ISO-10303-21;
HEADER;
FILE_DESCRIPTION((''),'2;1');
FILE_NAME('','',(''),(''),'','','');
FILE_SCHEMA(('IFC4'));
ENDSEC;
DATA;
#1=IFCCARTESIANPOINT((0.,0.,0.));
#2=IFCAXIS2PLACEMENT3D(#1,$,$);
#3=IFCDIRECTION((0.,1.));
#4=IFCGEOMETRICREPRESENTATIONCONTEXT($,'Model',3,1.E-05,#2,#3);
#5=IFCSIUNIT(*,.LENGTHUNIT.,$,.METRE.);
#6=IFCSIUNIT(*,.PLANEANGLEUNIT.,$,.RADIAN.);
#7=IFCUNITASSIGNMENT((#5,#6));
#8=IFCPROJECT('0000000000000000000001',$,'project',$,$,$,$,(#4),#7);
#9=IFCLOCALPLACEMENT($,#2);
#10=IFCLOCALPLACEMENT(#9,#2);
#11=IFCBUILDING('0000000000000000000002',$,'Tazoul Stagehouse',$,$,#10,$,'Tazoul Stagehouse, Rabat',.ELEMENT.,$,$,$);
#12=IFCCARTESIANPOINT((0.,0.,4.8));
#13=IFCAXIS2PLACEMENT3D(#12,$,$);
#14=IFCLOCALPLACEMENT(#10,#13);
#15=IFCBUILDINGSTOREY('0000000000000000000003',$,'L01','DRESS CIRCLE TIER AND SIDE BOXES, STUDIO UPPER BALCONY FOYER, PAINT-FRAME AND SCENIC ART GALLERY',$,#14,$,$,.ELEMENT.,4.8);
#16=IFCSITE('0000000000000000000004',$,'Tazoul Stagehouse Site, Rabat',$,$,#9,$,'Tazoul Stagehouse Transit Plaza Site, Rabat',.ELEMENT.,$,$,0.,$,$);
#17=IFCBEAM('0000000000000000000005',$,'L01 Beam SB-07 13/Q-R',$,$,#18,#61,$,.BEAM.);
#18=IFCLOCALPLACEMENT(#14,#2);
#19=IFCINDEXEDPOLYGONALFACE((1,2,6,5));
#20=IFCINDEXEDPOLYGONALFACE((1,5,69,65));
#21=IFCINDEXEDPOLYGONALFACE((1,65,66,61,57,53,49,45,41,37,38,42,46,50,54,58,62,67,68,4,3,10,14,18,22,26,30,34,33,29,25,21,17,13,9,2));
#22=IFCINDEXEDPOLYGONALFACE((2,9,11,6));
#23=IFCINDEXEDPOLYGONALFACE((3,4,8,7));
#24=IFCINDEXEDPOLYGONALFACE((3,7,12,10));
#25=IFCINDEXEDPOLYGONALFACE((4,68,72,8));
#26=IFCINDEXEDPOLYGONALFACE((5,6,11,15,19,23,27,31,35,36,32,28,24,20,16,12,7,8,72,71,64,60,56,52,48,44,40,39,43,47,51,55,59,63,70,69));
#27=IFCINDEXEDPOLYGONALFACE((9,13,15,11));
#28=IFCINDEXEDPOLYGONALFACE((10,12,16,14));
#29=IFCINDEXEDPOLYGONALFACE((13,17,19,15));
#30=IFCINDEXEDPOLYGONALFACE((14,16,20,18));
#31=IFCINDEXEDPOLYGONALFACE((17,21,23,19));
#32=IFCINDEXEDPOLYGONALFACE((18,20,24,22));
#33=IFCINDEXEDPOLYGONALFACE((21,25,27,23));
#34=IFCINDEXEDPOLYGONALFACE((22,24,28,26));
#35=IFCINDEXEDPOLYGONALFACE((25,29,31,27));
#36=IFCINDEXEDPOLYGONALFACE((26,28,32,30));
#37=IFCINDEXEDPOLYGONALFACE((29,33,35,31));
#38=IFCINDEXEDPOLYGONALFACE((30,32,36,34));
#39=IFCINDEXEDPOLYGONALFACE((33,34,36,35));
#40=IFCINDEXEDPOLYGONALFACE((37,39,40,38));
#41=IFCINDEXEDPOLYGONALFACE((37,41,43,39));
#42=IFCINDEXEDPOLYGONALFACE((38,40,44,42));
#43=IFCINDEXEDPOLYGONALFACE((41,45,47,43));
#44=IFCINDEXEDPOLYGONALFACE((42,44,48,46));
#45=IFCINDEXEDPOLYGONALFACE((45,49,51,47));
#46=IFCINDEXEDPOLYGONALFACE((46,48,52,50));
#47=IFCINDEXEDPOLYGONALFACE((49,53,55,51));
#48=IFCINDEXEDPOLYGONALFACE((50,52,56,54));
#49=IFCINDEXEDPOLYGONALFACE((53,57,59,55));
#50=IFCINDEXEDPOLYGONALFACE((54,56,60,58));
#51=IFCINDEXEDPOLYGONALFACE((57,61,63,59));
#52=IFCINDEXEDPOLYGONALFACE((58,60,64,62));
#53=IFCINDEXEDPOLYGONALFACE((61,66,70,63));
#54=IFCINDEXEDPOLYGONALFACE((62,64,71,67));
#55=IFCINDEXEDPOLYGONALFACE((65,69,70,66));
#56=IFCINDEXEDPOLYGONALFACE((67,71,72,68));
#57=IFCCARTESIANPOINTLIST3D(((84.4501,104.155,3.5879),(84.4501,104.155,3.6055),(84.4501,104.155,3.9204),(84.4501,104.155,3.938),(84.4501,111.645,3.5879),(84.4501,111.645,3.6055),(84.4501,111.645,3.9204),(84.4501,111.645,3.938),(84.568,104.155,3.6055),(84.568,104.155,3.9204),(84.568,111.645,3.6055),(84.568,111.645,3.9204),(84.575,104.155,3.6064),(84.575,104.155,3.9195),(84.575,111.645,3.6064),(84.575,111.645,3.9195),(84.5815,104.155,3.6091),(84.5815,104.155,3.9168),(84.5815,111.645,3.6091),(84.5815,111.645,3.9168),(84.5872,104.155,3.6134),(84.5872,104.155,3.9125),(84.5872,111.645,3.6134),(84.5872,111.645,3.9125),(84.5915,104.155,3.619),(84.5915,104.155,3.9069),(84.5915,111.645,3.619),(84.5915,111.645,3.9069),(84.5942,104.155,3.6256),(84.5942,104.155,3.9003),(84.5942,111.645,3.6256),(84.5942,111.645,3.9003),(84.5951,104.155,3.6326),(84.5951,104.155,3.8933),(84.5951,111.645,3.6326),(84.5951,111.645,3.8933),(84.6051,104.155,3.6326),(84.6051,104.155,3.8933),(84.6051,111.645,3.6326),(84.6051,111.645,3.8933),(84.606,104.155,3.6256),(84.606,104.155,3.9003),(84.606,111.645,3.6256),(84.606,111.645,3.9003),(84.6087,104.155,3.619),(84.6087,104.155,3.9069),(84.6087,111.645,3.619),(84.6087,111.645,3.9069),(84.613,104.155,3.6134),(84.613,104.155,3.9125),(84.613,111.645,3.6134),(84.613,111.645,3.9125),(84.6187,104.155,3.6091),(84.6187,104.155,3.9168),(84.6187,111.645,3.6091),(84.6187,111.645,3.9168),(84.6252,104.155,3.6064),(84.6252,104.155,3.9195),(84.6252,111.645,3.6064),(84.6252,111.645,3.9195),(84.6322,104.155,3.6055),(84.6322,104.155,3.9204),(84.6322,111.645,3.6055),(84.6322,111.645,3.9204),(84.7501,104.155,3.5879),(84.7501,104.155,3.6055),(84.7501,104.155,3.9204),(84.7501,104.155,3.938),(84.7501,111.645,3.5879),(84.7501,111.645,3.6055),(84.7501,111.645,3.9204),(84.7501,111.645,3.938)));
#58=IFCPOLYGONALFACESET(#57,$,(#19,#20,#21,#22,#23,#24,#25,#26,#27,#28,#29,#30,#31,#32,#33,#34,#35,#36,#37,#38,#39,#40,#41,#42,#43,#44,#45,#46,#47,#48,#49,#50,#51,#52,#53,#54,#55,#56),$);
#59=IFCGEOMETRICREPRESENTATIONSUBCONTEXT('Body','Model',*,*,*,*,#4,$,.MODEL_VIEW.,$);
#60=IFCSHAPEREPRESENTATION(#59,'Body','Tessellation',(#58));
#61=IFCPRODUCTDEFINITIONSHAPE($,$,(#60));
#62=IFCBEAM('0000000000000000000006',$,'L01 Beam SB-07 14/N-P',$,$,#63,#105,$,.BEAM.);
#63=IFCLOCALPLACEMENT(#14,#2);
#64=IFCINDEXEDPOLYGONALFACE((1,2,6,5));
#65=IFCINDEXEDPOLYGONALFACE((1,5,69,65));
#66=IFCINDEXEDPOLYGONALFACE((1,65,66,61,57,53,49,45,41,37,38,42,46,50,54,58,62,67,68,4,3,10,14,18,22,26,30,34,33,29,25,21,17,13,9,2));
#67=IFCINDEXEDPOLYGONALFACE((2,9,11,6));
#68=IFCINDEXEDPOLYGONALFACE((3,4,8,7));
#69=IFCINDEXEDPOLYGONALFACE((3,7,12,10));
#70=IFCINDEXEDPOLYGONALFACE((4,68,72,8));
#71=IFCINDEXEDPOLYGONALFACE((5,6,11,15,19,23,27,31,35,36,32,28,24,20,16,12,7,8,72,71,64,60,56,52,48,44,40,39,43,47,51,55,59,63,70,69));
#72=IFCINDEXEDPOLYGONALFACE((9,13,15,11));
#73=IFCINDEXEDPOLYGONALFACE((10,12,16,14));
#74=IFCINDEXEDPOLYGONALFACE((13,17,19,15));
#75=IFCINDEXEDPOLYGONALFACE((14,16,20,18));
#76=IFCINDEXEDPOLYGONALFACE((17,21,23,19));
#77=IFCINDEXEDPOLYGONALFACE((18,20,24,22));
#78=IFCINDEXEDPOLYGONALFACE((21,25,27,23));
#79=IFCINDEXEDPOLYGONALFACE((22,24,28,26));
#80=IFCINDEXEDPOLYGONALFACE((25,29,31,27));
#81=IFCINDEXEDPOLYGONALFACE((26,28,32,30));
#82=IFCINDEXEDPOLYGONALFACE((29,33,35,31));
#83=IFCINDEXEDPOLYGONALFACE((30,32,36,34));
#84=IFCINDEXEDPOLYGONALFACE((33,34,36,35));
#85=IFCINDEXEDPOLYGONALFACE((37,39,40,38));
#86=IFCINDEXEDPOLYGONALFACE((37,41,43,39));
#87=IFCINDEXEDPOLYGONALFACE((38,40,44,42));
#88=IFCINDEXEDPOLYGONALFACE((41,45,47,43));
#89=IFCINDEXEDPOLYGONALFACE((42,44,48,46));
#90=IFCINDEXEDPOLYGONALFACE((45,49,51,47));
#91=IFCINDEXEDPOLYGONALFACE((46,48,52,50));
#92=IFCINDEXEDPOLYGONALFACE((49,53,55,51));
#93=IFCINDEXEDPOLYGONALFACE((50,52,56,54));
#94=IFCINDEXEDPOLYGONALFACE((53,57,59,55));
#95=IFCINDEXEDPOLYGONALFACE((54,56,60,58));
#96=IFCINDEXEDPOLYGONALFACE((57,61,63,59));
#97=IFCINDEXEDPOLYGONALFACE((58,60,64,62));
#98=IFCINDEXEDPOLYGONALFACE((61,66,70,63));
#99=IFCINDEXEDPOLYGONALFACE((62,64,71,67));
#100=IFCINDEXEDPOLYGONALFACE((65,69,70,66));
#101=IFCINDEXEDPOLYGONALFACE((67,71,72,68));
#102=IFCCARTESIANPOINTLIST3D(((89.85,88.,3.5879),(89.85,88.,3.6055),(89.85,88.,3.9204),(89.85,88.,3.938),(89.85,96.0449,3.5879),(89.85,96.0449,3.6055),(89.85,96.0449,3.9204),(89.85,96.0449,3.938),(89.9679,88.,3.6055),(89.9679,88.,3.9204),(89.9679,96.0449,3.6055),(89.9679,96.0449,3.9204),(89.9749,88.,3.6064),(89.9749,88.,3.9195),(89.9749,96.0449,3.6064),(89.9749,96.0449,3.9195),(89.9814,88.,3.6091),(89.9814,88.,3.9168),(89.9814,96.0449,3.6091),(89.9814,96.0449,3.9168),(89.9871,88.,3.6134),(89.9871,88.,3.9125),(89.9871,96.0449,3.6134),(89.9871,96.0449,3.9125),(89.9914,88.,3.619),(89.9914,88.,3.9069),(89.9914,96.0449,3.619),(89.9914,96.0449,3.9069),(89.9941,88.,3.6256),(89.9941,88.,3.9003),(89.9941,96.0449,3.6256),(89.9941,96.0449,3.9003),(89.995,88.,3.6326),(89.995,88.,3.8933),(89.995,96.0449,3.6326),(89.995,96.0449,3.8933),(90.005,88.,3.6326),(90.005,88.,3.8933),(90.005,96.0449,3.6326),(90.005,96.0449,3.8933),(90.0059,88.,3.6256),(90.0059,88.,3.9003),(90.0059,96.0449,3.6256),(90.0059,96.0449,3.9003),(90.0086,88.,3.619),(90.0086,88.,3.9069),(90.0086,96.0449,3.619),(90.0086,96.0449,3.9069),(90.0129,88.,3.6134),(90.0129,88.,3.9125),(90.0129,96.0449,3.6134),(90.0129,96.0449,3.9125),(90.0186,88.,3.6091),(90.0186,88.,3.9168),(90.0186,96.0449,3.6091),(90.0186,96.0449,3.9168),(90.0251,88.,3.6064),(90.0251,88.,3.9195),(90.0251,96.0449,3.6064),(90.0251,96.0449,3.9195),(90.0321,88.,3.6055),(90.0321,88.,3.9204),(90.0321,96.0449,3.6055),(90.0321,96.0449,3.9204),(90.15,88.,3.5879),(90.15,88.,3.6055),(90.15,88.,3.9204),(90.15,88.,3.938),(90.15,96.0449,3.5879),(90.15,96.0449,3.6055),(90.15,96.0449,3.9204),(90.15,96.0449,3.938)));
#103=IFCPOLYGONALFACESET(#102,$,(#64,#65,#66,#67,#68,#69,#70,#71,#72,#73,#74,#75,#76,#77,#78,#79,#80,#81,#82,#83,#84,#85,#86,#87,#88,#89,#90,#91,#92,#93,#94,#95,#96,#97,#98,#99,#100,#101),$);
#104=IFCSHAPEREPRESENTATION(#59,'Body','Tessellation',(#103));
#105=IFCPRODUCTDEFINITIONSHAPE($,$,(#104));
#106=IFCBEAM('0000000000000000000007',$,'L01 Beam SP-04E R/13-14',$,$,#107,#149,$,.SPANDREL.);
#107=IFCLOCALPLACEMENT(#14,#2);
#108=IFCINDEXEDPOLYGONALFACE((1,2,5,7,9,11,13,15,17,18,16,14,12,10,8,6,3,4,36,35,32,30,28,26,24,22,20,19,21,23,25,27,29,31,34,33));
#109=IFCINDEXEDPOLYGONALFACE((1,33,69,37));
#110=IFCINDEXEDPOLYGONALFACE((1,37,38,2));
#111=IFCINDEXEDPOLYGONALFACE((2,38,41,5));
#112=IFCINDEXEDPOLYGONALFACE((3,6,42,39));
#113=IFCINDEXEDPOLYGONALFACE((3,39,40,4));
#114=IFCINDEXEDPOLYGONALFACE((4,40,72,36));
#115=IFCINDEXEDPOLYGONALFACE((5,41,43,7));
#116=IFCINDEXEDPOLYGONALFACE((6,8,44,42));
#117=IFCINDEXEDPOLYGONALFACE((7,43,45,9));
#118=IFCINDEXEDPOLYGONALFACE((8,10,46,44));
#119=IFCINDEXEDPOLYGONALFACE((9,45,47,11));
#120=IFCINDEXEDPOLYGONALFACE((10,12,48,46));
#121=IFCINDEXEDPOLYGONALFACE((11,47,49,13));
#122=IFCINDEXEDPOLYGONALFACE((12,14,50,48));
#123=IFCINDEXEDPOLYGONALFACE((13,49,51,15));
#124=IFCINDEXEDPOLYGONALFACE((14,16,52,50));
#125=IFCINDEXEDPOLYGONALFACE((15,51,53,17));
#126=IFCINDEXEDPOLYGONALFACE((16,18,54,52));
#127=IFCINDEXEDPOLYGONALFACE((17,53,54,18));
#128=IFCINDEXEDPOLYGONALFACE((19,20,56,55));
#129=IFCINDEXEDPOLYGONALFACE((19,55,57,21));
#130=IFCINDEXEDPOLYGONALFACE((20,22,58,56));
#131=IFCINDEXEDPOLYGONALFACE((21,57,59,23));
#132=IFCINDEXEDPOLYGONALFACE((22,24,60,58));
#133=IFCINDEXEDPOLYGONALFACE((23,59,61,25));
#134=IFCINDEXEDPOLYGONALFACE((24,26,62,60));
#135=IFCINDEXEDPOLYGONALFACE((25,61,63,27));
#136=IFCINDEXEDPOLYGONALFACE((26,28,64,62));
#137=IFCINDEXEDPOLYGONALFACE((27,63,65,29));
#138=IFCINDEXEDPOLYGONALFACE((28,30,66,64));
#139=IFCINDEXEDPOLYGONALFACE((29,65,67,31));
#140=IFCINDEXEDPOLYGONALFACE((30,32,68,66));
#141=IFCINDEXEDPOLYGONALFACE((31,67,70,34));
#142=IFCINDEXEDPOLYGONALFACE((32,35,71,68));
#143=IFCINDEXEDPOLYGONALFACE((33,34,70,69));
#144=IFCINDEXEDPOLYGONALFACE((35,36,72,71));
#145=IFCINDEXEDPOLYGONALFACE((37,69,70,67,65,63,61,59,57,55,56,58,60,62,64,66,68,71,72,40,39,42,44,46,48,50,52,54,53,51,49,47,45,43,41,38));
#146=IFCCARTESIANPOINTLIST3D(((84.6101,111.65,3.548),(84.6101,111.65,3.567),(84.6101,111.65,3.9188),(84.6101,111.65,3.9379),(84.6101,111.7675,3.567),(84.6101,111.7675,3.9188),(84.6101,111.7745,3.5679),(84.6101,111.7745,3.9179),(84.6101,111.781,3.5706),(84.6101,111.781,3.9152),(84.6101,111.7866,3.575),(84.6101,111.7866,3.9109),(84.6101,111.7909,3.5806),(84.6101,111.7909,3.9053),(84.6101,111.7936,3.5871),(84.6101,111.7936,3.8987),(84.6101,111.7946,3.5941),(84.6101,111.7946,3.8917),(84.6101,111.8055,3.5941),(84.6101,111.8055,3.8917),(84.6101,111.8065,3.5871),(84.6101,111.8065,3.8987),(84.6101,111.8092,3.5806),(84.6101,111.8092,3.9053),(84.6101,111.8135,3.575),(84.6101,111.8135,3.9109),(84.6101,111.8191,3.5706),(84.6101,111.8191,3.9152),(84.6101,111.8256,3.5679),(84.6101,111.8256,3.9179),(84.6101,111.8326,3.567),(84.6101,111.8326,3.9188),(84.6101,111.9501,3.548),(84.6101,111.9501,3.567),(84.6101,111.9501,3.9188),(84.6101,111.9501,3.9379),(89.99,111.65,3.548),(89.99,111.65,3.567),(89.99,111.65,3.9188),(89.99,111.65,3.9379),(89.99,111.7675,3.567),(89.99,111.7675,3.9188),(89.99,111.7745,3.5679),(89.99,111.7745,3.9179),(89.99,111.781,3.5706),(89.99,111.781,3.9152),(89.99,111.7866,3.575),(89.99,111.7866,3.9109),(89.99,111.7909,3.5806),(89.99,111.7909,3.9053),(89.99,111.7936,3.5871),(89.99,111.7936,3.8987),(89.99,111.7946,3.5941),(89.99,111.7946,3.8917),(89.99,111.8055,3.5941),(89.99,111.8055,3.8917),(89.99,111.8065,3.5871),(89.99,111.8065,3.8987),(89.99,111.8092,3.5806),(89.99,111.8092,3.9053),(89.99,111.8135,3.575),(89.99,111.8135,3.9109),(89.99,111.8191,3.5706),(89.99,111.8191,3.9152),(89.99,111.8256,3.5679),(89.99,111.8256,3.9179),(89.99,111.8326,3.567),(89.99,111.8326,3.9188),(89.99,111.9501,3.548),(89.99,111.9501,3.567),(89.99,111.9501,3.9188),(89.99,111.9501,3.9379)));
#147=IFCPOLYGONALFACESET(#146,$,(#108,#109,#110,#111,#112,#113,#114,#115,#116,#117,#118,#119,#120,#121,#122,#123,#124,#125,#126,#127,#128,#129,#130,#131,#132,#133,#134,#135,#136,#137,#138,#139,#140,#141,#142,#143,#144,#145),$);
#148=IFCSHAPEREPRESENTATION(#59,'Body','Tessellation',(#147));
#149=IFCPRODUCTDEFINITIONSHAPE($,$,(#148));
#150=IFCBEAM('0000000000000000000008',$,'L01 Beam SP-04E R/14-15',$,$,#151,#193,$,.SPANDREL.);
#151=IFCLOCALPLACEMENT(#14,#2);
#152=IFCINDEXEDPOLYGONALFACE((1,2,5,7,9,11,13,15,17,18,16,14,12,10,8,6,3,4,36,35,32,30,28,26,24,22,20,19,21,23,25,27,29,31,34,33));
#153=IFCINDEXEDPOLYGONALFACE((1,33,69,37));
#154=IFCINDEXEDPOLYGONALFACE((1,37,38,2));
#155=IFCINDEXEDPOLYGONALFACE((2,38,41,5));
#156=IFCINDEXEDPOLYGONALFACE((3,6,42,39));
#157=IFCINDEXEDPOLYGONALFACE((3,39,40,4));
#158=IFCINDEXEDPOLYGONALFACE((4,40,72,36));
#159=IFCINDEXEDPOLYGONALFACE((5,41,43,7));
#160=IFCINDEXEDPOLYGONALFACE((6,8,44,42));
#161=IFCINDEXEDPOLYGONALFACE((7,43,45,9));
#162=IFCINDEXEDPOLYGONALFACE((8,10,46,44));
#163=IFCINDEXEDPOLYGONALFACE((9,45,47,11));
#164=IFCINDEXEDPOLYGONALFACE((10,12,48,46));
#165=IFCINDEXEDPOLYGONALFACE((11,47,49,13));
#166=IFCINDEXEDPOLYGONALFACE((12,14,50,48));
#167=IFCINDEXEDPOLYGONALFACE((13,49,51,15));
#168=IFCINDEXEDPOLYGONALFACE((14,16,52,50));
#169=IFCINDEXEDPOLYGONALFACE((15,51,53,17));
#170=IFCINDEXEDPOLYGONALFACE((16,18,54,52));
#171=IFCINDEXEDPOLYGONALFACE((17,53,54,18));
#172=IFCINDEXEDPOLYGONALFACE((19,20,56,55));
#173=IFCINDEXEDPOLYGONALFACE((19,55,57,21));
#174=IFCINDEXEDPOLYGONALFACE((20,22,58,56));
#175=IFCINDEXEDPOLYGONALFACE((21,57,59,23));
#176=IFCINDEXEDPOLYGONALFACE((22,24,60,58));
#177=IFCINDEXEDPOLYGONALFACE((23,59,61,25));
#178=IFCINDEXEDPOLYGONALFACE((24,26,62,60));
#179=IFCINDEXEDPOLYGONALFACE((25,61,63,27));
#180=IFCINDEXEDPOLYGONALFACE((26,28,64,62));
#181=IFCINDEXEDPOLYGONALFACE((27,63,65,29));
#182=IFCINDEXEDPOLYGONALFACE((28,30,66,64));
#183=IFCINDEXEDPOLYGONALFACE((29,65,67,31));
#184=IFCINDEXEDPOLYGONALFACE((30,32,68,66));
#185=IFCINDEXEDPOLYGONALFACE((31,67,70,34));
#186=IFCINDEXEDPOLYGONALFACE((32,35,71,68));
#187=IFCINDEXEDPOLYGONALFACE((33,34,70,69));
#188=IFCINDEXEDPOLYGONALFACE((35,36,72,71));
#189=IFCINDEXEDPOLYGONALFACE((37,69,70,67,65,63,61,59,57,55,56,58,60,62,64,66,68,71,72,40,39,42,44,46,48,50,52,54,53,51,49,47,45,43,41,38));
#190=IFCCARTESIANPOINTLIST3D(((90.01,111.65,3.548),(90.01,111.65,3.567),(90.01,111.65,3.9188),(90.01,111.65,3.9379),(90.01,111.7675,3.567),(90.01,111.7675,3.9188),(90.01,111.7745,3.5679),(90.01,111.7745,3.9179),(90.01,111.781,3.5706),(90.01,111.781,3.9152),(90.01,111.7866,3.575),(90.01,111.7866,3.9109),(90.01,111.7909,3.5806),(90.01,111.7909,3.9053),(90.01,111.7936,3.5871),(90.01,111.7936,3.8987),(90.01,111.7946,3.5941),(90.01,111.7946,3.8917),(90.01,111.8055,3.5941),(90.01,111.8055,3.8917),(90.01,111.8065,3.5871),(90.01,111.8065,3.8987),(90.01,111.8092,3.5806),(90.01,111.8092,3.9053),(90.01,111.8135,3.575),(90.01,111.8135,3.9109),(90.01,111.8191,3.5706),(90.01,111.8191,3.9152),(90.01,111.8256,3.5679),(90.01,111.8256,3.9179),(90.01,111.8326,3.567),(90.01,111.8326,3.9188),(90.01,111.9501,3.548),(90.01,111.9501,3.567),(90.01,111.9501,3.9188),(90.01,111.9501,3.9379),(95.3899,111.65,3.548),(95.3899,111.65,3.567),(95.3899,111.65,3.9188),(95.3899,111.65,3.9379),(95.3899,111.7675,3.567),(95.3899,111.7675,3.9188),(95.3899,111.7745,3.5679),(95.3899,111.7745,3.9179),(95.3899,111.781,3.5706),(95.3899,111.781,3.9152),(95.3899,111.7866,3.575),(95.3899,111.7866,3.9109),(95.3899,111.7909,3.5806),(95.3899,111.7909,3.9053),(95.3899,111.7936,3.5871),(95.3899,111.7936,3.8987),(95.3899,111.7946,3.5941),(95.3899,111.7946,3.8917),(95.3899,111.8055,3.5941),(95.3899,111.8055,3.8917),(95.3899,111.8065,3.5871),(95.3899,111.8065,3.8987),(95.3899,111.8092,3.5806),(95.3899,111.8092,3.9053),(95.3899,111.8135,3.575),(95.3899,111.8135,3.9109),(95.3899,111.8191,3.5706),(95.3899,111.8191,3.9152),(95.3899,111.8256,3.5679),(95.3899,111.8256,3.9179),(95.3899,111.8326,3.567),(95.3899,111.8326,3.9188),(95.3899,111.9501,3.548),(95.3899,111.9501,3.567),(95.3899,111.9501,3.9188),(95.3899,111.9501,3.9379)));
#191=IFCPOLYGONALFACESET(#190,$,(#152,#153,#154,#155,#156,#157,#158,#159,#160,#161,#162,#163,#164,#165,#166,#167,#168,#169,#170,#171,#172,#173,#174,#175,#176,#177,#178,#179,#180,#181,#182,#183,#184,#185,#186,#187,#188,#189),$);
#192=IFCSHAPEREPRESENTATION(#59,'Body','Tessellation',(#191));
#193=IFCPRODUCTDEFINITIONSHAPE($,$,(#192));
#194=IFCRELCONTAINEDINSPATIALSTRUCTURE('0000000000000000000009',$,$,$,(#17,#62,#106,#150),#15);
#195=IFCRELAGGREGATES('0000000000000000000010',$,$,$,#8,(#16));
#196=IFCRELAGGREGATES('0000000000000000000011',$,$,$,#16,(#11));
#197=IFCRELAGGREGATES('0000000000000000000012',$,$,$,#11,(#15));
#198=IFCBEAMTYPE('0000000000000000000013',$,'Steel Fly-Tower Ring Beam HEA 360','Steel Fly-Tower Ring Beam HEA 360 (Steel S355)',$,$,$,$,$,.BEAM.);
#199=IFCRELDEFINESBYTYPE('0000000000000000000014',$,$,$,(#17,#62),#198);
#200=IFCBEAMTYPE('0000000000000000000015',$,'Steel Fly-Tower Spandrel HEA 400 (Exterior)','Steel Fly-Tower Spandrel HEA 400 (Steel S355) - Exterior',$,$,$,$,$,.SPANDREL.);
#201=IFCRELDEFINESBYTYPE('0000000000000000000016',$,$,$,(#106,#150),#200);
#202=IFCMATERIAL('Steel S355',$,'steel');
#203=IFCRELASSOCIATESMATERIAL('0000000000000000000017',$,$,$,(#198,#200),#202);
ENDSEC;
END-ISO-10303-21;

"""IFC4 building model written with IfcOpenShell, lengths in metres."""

from ifc_helpers import new_model, si_unit, direction, frame, origin, origin_2d, place, context, subcontext, project, spatial, i_section, extrude, material, material_profile, profile_set, type_object, element, save


model = new_model("IFC4")

# Units and contexts
model_context = context("Model", 3, precision=1e-05, world=origin(), true_north=direction((0.0, 1.0)))
body_context = subcontext(model_context, "Body", "Model", "MODEL_VIEW")
ifc_project = project(units=[si_unit("LENGTHUNIT", "METRE"), si_unit("PLANEANGLEUNIT", "RADIAN")], contexts=[model_context])

# Site, building, storey
site_placement = place(None, origin())
site = spatial("IfcSite", under=ifc_project, at=site_placement, Name="Tazoul Stagehouse Site, Rabat", LongName="Tazoul Stagehouse Transit Plaza Site, Rabat", CompositionType="ELEMENT", RefElevation=0.0)
building_placement = place(site_placement, origin())
building = spatial("IfcBuilding", under=site, at=building_placement, Name="Tazoul Stagehouse", LongName="Tazoul Stagehouse, Rabat", CompositionType="ELEMENT")
storey_placement = place(building_placement, frame((0.0, 0.0, 4.8)))
storey = spatial("IfcBuildingStorey", under=building, at=storey_placement, Name="L01", Description="DRESS CIRCLE TIER AND SIDE BOXES, STUDIO UPPER BALCONY FOYER, PAINT-FRAME AND SCENIC ART GALLERY", CompositionType="ELEMENT", Elevation=4.8)

# Shared definitions
ifc_material_1 = material(Name="Steel S355", Category="steel")

# Beams
ifc_material_profile_1 = material_profile(ifc_material_1, i_section(OverallWidth=0.3, OverallDepth=0.3501, WebThickness=0.01, FlangeThickness=0.0176, FilletRadius=0.0271, at=origin_2d()), Name="HEA 360")
ifc_profile_set_1 = profile_set([ifc_material_profile_1], Name="Steel S355")
beam_type_1 = type_object("IfcBeamType", Name="Steel Fly-Tower Ring Beam HEA 360", Description="Steel Fly-Tower Ring Beam HEA 360 (Steel S355)", PredefinedType="BEAM", material=ifc_profile_set_1)
beam_1_placement = place(storey_placement, frame((84.6001, 104.155, 3.7629), z_axis=(0.0, 1.0, 0.0), x_axis=(-1.0, 0.0, 0.0)))
element("IfcBeam", 1, at=beam_1_placement, inside=storey, type_object=beam_type_1, Name="L01 Beam SB-07 13/Q-R", PredefinedType="BEAM", context=body_context, shape_type="SweptSolid", body=[
    extrude(i_section(OverallWidth=0.3, OverallDepth=0.3501, WebThickness=0.01, FlangeThickness=0.0176, FilletRadius=0.0271, at=origin_2d()), origin(), (0.0, 0.0, 1.0), 7.49),
])
beam_2_placement = place(storey_placement, frame((90.0, 88.0, 3.7629), z_axis=(0.0, 1.0, 0.0), x_axis=(-1.0, 0.0, 0.0)))
element("IfcBeam", 2, at=beam_2_placement, inside=storey, type_object=beam_type_1, Name="L01 Beam SB-07 14/N-P", PredefinedType="BEAM", context=body_context, shape_type="SweptSolid", body=[
    extrude(i_section(OverallWidth=0.3, OverallDepth=0.3501, WebThickness=0.01, FlangeThickness=0.0176, FilletRadius=0.0271, at=origin_2d()), origin(), (0.0, 0.0, 1.0), 8.0449),
])
ifc_material_profile_2 = material_profile(ifc_material_1, i_section(OverallWidth=0.3, OverallDepth=0.3899, WebThickness=0.011, FlangeThickness=0.019, FilletRadius=0.0271, at=origin_2d()), Name="HEA 400")
ifc_profile_set_2 = profile_set([ifc_material_profile_2], Name="Steel S355")
beam_type_2 = type_object("IfcBeamType", Name="Steel Fly-Tower Spandrel HEA 400 (Exterior)", Description="Steel Fly-Tower Spandrel HEA 400 (Steel S355) - Exterior", PredefinedType="SPANDREL", material=ifc_profile_set_2)
for number, where, z_axis, x_axis, name in (
    (3, (84.6101, 111.8, 3.7429), (1.0, 0.0, 0.0), (0.0, 1.0, 0.0), "L01 Beam SP-04E R/13-14"),
    (4, (90.01, 111.8, 3.7429), (1.0, 0.0, 0.0), (0.0, 1.0, 0.0), "L01 Beam SP-04E R/14-15"),
):
    element("IfcBeam", number, at=place(storey_placement, frame(where, z_axis=z_axis, x_axis=x_axis)), inside=storey, type_object=beam_type_2, Name=name, PredefinedType="SPANDREL", context=body_context, shape_type="SweptSolid", body=[
        extrude(i_section(OverallWidth=0.3, OverallDepth=0.3899, WebThickness=0.011, FlangeThickness=0.019, FilletRadius=0.0271, at=origin_2d()), origin(), (0.0, 0.0, 1.0), 5.3799),
    ])

save(model, "model.ifc")
